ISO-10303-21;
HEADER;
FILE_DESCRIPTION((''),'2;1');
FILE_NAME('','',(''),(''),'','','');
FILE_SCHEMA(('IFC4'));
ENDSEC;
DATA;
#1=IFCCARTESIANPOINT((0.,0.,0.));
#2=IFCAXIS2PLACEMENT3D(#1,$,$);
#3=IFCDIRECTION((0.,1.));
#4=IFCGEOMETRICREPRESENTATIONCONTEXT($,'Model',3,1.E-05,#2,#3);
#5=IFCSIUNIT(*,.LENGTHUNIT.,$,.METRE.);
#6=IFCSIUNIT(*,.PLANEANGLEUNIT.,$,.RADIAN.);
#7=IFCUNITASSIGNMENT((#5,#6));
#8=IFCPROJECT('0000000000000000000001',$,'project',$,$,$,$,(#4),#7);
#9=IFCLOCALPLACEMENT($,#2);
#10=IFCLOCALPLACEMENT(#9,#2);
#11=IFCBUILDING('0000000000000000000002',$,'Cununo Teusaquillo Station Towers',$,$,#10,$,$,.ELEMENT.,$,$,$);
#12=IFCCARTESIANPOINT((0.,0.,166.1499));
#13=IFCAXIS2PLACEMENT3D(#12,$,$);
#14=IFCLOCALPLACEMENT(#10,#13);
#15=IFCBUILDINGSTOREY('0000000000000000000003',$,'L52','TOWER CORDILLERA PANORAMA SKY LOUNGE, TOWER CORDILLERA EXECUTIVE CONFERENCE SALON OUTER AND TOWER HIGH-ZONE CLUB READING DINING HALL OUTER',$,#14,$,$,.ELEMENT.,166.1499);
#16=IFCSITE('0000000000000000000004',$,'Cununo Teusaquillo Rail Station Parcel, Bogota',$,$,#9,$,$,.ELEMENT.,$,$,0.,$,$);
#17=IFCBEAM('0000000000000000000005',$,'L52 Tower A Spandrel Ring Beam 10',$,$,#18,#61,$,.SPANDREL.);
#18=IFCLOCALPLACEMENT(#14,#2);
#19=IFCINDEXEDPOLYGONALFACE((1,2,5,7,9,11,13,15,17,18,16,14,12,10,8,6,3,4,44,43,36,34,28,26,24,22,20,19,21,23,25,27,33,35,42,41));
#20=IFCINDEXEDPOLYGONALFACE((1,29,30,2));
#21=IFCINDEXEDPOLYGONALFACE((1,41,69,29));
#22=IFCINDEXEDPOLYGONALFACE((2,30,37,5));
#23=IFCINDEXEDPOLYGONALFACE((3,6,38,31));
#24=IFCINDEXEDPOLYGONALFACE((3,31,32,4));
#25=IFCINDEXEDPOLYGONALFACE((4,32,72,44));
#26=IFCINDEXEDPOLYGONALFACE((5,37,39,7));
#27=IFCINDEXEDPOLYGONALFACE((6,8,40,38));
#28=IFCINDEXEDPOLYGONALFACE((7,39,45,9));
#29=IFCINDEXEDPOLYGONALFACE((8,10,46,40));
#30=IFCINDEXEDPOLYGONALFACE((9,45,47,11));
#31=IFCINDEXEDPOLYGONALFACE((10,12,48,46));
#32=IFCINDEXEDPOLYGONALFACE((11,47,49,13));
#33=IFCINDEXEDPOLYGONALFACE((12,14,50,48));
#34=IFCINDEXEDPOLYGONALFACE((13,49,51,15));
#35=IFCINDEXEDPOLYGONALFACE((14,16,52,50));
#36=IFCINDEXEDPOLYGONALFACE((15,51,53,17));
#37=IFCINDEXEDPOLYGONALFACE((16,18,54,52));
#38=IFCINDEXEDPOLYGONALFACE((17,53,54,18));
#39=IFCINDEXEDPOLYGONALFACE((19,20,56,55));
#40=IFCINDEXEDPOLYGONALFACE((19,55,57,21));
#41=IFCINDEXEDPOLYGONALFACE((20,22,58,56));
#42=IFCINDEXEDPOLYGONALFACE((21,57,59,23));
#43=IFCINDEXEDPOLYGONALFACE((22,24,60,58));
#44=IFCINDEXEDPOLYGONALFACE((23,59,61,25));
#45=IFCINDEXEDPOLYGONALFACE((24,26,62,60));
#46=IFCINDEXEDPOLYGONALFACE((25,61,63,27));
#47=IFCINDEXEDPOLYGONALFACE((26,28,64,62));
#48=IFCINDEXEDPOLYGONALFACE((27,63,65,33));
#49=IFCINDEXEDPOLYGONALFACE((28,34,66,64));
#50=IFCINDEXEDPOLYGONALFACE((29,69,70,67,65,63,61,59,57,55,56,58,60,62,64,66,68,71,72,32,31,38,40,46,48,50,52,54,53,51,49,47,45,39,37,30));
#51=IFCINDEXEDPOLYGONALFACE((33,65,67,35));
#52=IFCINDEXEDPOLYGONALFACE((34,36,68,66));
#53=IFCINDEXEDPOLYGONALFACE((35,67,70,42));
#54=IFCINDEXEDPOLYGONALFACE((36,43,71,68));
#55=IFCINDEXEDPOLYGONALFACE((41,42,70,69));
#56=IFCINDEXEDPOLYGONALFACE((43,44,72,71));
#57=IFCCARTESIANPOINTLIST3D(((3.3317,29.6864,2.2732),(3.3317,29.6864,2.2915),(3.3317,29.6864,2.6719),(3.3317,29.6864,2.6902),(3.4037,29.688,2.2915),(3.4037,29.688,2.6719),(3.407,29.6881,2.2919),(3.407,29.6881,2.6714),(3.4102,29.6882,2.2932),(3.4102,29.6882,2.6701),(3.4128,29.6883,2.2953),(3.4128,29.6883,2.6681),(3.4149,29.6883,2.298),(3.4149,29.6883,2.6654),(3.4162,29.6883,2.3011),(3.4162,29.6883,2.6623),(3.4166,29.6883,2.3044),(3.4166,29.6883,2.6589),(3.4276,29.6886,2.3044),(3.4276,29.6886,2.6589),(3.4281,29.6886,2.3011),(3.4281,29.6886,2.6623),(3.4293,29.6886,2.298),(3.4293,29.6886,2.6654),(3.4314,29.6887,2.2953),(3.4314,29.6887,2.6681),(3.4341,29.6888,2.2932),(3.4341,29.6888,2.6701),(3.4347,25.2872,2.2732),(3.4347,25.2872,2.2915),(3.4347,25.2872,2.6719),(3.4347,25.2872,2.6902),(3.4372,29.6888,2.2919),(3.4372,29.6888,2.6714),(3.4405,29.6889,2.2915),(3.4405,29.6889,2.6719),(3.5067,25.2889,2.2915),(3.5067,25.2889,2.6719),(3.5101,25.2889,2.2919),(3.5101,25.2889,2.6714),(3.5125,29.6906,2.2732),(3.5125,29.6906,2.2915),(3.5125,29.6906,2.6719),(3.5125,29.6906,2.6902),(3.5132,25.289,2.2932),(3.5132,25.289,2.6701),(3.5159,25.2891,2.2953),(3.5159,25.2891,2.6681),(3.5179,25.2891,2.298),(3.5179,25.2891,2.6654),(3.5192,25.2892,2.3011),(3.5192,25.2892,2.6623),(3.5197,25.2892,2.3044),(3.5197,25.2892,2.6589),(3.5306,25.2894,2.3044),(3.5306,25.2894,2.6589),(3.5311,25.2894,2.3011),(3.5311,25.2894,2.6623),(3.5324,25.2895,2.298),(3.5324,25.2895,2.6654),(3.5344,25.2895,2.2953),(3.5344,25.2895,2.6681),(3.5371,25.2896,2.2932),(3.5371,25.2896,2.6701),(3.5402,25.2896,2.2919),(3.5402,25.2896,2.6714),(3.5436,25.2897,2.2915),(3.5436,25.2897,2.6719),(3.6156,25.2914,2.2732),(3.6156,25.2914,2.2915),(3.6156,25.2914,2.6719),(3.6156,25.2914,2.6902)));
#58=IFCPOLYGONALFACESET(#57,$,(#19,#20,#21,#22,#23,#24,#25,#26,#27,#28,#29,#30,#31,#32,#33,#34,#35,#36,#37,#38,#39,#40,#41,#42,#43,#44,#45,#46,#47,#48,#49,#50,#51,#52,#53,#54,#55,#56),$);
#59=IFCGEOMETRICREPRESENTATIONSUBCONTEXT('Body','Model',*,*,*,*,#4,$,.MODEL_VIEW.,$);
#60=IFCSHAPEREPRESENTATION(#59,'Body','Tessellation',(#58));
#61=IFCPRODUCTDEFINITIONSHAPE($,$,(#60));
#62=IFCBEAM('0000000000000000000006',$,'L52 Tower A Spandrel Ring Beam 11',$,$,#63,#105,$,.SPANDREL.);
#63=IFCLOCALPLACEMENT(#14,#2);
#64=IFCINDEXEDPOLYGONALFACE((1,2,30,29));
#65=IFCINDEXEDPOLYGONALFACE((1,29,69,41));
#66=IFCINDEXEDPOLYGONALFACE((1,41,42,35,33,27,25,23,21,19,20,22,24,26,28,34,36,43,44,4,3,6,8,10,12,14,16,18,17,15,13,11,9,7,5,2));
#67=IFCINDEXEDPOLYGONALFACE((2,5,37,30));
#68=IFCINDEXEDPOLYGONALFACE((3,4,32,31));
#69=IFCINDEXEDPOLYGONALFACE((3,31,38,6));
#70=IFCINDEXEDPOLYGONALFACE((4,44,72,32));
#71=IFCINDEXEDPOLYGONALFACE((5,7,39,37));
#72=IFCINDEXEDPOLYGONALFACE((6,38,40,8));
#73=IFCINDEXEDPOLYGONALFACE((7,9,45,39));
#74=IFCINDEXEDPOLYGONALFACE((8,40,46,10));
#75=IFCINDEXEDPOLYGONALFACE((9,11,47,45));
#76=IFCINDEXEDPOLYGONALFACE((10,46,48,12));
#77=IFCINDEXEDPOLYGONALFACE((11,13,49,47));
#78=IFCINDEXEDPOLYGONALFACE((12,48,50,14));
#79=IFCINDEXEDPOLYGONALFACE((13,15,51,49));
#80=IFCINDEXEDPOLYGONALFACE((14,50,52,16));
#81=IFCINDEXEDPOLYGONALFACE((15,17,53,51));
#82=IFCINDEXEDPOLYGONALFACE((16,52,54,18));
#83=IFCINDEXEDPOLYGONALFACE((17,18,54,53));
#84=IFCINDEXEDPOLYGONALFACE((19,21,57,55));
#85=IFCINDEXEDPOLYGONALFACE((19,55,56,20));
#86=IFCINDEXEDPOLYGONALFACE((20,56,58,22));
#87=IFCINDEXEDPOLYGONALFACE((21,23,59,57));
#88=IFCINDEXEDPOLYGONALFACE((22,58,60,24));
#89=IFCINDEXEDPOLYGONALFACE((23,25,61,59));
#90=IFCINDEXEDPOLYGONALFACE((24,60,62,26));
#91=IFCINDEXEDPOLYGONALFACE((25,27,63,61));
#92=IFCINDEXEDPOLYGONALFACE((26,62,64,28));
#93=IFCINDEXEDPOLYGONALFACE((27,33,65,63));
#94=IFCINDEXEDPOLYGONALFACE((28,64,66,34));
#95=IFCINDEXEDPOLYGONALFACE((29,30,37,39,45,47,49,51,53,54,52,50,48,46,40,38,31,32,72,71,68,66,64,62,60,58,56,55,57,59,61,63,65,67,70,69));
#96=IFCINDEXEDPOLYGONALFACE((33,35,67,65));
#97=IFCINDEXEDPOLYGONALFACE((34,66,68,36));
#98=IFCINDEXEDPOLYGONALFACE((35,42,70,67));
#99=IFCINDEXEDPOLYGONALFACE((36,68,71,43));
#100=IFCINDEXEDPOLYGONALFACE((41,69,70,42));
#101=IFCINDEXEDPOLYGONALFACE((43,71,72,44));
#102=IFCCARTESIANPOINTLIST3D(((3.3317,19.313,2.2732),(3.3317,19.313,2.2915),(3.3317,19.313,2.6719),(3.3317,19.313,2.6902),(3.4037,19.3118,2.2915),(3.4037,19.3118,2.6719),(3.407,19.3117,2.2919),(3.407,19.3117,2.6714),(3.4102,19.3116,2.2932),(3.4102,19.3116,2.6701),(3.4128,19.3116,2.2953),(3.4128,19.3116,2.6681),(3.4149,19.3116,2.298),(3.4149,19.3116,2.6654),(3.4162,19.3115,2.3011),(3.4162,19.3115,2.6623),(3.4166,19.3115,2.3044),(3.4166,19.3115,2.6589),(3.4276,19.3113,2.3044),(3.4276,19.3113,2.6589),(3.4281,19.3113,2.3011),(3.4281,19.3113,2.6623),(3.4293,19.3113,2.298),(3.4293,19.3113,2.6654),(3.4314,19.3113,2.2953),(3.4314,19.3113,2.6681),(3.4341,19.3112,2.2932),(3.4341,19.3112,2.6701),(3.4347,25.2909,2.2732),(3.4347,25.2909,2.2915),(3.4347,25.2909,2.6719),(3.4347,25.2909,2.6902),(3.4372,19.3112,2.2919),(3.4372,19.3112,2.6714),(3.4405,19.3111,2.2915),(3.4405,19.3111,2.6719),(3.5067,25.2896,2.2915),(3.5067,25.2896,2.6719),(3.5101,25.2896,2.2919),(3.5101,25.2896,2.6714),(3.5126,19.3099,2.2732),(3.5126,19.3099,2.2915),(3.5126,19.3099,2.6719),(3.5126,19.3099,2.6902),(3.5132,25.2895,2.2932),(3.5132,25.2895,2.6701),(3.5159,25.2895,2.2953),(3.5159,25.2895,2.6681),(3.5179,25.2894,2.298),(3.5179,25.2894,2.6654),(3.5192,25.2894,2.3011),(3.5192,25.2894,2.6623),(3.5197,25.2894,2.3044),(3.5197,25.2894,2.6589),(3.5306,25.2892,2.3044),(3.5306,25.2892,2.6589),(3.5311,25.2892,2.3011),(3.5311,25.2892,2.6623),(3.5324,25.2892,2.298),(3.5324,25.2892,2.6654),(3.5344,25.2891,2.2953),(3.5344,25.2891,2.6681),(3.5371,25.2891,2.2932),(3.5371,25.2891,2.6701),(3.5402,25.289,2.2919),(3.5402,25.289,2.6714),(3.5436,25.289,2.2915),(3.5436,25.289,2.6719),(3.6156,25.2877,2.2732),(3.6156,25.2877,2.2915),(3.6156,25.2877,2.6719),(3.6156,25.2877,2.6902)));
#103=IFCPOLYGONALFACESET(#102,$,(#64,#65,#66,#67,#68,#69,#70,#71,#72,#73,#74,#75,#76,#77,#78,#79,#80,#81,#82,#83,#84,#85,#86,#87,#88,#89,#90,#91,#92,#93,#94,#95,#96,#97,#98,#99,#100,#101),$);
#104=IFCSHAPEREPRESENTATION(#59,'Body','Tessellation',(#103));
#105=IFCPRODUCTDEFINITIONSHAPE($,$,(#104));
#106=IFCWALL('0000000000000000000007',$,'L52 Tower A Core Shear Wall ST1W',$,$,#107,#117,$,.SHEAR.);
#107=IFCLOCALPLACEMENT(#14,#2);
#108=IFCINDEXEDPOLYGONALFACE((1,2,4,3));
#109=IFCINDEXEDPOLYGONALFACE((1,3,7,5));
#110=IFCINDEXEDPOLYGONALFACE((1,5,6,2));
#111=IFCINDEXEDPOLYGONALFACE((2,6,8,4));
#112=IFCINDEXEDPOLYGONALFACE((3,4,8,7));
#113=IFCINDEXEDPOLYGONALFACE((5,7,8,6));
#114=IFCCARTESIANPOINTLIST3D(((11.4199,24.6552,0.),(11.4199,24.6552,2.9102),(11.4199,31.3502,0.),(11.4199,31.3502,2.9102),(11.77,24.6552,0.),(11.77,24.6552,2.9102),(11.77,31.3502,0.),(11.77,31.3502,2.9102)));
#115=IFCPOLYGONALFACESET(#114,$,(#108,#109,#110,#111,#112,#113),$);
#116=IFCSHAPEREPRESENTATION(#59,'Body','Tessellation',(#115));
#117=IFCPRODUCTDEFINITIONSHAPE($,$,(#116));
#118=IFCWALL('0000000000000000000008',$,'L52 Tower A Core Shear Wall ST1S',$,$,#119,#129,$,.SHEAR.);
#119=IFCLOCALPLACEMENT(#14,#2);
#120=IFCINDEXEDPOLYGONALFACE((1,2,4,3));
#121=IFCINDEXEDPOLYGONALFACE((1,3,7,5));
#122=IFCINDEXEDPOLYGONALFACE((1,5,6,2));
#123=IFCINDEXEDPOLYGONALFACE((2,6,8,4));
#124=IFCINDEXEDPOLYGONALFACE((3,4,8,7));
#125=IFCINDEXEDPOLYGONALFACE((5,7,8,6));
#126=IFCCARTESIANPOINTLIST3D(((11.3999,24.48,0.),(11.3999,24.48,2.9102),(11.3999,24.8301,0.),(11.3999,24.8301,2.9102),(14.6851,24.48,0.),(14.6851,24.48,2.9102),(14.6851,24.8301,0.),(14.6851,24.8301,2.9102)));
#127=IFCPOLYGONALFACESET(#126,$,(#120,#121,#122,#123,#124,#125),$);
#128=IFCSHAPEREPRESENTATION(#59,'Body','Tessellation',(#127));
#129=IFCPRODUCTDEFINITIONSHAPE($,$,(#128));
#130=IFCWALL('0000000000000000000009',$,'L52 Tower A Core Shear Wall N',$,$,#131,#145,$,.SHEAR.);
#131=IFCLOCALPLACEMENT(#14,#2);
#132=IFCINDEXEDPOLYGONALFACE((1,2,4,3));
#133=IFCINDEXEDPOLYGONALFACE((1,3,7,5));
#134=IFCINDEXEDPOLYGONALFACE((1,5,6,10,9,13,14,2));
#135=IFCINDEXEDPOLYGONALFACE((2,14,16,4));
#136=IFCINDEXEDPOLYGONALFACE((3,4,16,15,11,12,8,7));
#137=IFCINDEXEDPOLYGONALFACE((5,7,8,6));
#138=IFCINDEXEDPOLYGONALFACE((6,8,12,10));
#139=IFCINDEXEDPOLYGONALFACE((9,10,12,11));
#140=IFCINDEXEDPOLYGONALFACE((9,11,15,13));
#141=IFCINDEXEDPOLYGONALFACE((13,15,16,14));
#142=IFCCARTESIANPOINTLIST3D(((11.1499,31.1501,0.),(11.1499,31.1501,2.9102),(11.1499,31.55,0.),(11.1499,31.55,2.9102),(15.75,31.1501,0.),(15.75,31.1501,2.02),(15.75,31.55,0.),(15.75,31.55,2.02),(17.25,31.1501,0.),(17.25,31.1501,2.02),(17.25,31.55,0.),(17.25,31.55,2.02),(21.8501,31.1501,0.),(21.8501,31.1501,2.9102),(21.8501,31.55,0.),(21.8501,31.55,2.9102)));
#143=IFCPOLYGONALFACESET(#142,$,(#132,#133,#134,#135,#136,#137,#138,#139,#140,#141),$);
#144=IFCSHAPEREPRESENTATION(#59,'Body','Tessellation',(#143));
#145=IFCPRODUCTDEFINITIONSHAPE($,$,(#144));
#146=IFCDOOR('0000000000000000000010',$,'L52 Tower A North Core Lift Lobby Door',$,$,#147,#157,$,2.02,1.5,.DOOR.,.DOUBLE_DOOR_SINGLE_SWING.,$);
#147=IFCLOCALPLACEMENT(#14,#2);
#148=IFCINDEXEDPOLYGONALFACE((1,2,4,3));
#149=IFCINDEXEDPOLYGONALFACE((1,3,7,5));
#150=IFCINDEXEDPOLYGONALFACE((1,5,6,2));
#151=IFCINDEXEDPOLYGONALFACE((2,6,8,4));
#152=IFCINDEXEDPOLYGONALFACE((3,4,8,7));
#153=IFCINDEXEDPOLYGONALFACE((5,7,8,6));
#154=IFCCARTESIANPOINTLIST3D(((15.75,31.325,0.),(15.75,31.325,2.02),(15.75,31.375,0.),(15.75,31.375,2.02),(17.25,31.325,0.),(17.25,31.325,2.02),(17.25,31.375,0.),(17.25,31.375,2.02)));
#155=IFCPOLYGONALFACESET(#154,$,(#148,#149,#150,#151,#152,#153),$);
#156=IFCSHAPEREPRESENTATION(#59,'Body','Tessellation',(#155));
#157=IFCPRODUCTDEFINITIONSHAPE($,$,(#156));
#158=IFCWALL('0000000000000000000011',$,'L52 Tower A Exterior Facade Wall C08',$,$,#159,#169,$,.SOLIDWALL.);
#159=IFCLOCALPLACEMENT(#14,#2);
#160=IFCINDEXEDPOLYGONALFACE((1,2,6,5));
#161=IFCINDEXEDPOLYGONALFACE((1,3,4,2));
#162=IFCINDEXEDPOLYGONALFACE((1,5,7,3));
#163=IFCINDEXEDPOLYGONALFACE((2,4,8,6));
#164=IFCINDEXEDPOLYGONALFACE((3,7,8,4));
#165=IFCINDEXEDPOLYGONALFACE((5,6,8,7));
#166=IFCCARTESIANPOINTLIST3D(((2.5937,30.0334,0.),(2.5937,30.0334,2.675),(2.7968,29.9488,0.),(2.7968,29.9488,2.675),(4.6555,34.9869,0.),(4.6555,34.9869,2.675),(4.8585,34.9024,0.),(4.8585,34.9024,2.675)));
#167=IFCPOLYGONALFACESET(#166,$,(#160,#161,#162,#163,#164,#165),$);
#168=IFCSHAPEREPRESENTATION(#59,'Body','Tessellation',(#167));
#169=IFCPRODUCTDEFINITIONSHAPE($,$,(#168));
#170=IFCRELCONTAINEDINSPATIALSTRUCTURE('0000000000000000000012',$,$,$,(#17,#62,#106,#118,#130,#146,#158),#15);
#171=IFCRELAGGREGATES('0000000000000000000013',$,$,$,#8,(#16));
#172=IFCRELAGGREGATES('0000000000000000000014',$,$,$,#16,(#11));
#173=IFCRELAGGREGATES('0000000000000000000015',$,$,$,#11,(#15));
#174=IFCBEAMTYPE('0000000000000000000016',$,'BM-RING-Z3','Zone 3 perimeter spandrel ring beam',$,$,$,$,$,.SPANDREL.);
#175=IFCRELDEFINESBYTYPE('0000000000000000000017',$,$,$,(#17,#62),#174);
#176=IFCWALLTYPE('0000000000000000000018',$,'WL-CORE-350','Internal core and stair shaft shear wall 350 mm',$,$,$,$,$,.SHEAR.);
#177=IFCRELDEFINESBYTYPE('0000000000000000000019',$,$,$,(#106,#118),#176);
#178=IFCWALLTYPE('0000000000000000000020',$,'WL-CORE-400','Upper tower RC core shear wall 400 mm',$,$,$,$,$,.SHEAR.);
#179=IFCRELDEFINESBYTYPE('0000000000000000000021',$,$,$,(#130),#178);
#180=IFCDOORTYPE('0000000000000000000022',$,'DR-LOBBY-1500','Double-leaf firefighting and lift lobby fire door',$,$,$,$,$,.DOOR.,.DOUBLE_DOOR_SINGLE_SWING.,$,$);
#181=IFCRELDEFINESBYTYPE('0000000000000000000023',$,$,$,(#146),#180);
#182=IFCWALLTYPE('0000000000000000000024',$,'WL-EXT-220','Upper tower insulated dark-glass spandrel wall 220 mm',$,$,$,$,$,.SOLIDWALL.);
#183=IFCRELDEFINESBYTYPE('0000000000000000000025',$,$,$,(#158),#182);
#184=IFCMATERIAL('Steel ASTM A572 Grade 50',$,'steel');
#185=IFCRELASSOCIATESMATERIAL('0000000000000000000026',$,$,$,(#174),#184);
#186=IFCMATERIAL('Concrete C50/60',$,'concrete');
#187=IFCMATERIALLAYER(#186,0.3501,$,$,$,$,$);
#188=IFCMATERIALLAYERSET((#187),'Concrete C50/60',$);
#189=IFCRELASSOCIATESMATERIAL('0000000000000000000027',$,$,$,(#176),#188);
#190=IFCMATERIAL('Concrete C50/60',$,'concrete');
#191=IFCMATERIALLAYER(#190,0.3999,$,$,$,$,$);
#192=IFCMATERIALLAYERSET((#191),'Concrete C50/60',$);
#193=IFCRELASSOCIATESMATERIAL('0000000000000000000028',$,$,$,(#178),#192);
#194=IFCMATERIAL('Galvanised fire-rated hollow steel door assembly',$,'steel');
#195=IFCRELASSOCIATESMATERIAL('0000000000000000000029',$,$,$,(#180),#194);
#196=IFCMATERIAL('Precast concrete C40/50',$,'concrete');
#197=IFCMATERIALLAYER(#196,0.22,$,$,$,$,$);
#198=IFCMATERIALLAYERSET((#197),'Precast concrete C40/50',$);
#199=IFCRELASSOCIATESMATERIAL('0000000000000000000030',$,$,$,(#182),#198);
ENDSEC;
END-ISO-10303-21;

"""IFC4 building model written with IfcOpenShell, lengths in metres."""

from ifc_helpers import new_model, si_unit, direction, frame, frame_2d, origin, origin_2d, place, context, subcontext, project, spatial, rectangle, i_section, extrude, source, transform, mapped, material, layer, layer_set, material_profile, profile_set, type_object, element, fill, save


model = new_model("IFC4")

# Units and contexts
model_context = context("Model", 3, precision=1e-05, world=origin(), true_north=direction((0.0, 1.0)))
body_context = subcontext(model_context, "Body", "Model", "MODEL_VIEW")
ifc_project = project(units=[si_unit("LENGTHUNIT", "METRE"), si_unit("PLANEANGLEUNIT", "RADIAN")], contexts=[model_context])

# Site, building, storey
site_placement = place(None, origin())
site = spatial("IfcSite", under=ifc_project, at=site_placement, Name="Cununo Teusaquillo Rail Station Parcel, Bogota", CompositionType="ELEMENT", RefElevation=0.0)
building_placement = place(site_placement, origin())
building = spatial("IfcBuilding", under=site, at=building_placement, Name="Cununo Teusaquillo Station Towers", CompositionType="ELEMENT")
storey_placement = place(building_placement, frame((0.0, 0.0, 166.1499)))
storey = spatial("IfcBuildingStorey", under=building, at=storey_placement, Name="L52", Description="TOWER CORDILLERA PANORAMA SKY LOUNGE, TOWER CORDILLERA EXECUTIVE CONFERENCE SALON OUTER AND TOWER HIGH-ZONE CLUB READING DINING HALL OUTER", CompositionType="ELEMENT", Elevation=166.1499)

# Beams
ifc_material_1 = material(Name="Steel ASTM A572 Grade 50", Category="steel")
ifc_material_profile_1 = material_profile(ifc_material_1, i_section(OverallWidth=0.1809, OverallDepth=0.417, WebThickness=0.011, FlangeThickness=0.0183, FilletRadius=0.0129, at=origin_2d()), Name="W16X57")
ifc_profile_set_1 = profile_set([ifc_material_profile_1], Name="Steel ASTM A572 Grade 50")
beam_type_1 = type_object("IfcBeamType", Name="BM-RING-Z3", Description="Zone 3 perimeter spandrel ring beam", PredefinedType="SPANDREL", material=ifc_profile_set_1)
beam_1_placement = place(storey_placement, frame((3.4221, 29.6885, 2.4817), z_axis=(0.023413, -0.999726, 0.0), x_axis=(0.999726, 0.023413, 0.0)))
element("IfcBeam", 1, at=beam_1_placement, inside=storey, type_object=beam_type_1, Name="L52 Tower A Spandrel Ring Beam 10", PredefinedType="SPANDREL", context=body_context, shape_type="SweptSolid", body=[
    extrude(i_section(OverallWidth=0.1809, OverallDepth=0.417, WebThickness=0.011, FlangeThickness=0.0183, FilletRadius=0.0129, at=origin_2d()), origin(), (0.0, 0.0, 1.0), 4.4004),
])
beam_2_placement = place(storey_placement, frame((3.5251, 25.2893, 2.4817), z_axis=(-0.017232, -0.999852, 0.0), x_axis=(0.999852, -0.017232, 0.0)))
element("IfcBeam", 2, at=beam_2_placement, inside=storey, type_object=beam_type_1, Name="L52 Tower A Spandrel Ring Beam 11", PredefinedType="SPANDREL", context=body_context, shape_type="SweptSolid", body=[
    extrude(i_section(OverallWidth=0.1809, OverallDepth=0.417, WebThickness=0.011, FlangeThickness=0.0183, FilletRadius=0.0129, at=origin_2d()), origin(), (0.0, 0.0, 1.0), 5.9788),
])

# Walls
ifc_material_2 = material(Name="Concrete C50/60", Category="concrete")
ifc_layer_1 = layer(ifc_material_2, 0.3501)
ifc_layer_set_1 = layer_set([ifc_layer_1], Name="Concrete C50/60")
wall_type_1 = type_object("IfcWallType", Name="WL-CORE-350", Description="Internal core and stair shaft shear wall 350 mm", PredefinedType="SHEAR", material=ifc_layer_set_1)
wall_1_placement = place(storey_placement, frame((11.595, 24.655, 0.0), z_axis=(0.0, 0.0, 1.0), x_axis=(0.0, 1.0, 0.0)))
element("IfcWall", 3, at=wall_1_placement, inside=storey, type_object=wall_type_1, Name="L52 Tower A Core Shear Wall ST1W", PredefinedType="SHEAR", context=body_context, shape_type="SweptSolid", body=[
    extrude(rectangle(XDim=6.6951, YDim=0.3501, at=frame_2d((3.3477, 0.0))), origin(), (0.0, 0.0, 1.0), 2.9102),
])
wall_2_placement = place(storey_placement, frame((11.3999, 24.655, 0.0), z_axis=(0.0, 0.0, 1.0), x_axis=(1.0, 0.0, 0.0)))
element("IfcWall", 4, at=wall_2_placement, inside=storey, type_object=wall_type_1, Name="L52 Tower A Core Shear Wall ST1S", PredefinedType="SHEAR", context=body_context, shape_type="SweptSolid", body=[
    extrude(rectangle(XDim=3.2852, YDim=0.3501, at=frame_2d((1.6426, 0.0))), origin(), (0.0, 0.0, 1.0), 2.9102),
])

# Wall, opening, door
ifc_material_3 = material(Name="Concrete C50/60", Category="concrete")
ifc_layer_2 = layer(ifc_material_3, 0.3999)
ifc_layer_set_2 = layer_set([ifc_layer_2], Name="Concrete C50/60")
wall_type_2 = type_object("IfcWallType", Name="WL-CORE-400", Description="Upper tower RC core shear wall 400 mm", PredefinedType="SHEAR", material=ifc_layer_set_2)
wall_3_placement = place(storey_placement, frame((11.1499, 31.3501, 0.0), z_axis=(0.0, 0.0, 1.0), x_axis=(1.0, 0.0, 0.0)))
wall_3 = element("IfcWall", 5, at=wall_3_placement, inside=storey, type_object=wall_type_2, Name="L52 Tower A Core Shear Wall N", PredefinedType="SHEAR", context=body_context, shape_type="SweptSolid", body=[
    extrude(rectangle(XDim=10.7002, YDim=0.3999, at=frame_2d((5.3501, 0.0))), origin(), (0.0, 0.0, 1.0), 2.9102),
])
shared_shape_1 = source(origin(), body_context, "Body", "SweptSolid", [
    extrude(rectangle(XDim=1.5, YDim=2.02, at=frame_2d((0.75, 1.01))), frame((0.0, 0.21, 0.0), z_axis=(0.0, -1.0, 0.0), x_axis=(1.0, 0.0, 0.0)), (0.0, 0.0, 1.0), 0.4199),
])
opening_1_placement = place(wall_3_placement, frame((4.6001, 0.0, 0.0)))
opening_1 = element("IfcOpeningElement", 6, at=opening_1_placement, cuts=wall_3, PredefinedType="OPENING", context=body_context, shape_type="MappedRepresentation", body=[
    mapped(shared_shape_1, transform((0.0, 0.0, 0.0), x_axis=(1.0, 0.0, 0.0), y_axis=(0.0, 1.0, 0.0), z_axis=(0.0, 0.0, 1.0), scale=1.0)),
])
ifc_material_4 = material(Name="Galvanised fire-rated hollow steel door assembly", Category="steel")
door_type_1 = type_object("IfcDoorType", Name="DR-LOBBY-1500", Description="Double-leaf firefighting and lift lobby fire door", OperationType="DOUBLE_DOOR_SINGLE_SWING", PredefinedType="DOOR", material=ifc_material_4)
shared_shape_2 = source(origin(), body_context, "Body", "SweptSolid", [
    extrude(rectangle(XDim=1.5, YDim=2.02, at=frame_2d((0.75, 1.01))), frame((0.0, 0.0249, 0.0), z_axis=(0.0, -1.0, 0.0), x_axis=(1.0, 0.0, 0.0)), (0.0, 0.0, 1.0), 0.05),
])
door_1_placement = place(opening_1_placement, origin())
door_1 = element("IfcDoor", 7, at=door_1_placement, inside=storey, type_object=door_type_1, Name="L52 Tower A North Core Lift Lobby Door", OperationType="DOUBLE_DOOR_SINGLE_SWING", OverallHeight=2.02, OverallWidth=1.5, PredefinedType="DOOR", context=body_context, shape_type="MappedRepresentation", body=[
    mapped(shared_shape_2, transform((0.0, 0.0, 0.0), x_axis=(1.0, 0.0, 0.0), y_axis=(0.0, 1.0, 0.0), z_axis=(0.0, 0.0, 1.0), scale=1.0)),
])
fill(opening_1, door_1)

# Wall
ifc_material_5 = material(Name="Precast concrete C40/50", Category="concrete")
ifc_layer_3 = layer(ifc_material_5, 0.22)
ifc_layer_set_3 = layer_set([ifc_layer_3], Name="Precast concrete C40/50")
wall_type_3 = type_object("IfcWallType", Name="WL-EXT-220", Description="Upper tower insulated dark-glass spandrel wall 220 mm", PredefinedType="SOLIDWALL", material=ifc_layer_set_3)
wall_4_placement = place(storey_placement, frame((2.6953, 29.9912, 0.0), z_axis=(0.0, 0.0, 1.0), x_axis=(0.38426, 0.923225, 0.0)))
element("IfcWall", 8, at=wall_4_placement, inside=storey, type_object=wall_type_3, Name="L52 Tower A Exterior Facade Wall C08", PredefinedType="SOLIDWALL", context=body_context, shape_type="SweptSolid", body=[
    extrude(rectangle(XDim=5.3655, YDim=0.22, at=frame_2d((2.6826, 0.0))), origin(), (0.0, 0.0, 1.0), 2.675),
])

save(model, "model.ifc")
